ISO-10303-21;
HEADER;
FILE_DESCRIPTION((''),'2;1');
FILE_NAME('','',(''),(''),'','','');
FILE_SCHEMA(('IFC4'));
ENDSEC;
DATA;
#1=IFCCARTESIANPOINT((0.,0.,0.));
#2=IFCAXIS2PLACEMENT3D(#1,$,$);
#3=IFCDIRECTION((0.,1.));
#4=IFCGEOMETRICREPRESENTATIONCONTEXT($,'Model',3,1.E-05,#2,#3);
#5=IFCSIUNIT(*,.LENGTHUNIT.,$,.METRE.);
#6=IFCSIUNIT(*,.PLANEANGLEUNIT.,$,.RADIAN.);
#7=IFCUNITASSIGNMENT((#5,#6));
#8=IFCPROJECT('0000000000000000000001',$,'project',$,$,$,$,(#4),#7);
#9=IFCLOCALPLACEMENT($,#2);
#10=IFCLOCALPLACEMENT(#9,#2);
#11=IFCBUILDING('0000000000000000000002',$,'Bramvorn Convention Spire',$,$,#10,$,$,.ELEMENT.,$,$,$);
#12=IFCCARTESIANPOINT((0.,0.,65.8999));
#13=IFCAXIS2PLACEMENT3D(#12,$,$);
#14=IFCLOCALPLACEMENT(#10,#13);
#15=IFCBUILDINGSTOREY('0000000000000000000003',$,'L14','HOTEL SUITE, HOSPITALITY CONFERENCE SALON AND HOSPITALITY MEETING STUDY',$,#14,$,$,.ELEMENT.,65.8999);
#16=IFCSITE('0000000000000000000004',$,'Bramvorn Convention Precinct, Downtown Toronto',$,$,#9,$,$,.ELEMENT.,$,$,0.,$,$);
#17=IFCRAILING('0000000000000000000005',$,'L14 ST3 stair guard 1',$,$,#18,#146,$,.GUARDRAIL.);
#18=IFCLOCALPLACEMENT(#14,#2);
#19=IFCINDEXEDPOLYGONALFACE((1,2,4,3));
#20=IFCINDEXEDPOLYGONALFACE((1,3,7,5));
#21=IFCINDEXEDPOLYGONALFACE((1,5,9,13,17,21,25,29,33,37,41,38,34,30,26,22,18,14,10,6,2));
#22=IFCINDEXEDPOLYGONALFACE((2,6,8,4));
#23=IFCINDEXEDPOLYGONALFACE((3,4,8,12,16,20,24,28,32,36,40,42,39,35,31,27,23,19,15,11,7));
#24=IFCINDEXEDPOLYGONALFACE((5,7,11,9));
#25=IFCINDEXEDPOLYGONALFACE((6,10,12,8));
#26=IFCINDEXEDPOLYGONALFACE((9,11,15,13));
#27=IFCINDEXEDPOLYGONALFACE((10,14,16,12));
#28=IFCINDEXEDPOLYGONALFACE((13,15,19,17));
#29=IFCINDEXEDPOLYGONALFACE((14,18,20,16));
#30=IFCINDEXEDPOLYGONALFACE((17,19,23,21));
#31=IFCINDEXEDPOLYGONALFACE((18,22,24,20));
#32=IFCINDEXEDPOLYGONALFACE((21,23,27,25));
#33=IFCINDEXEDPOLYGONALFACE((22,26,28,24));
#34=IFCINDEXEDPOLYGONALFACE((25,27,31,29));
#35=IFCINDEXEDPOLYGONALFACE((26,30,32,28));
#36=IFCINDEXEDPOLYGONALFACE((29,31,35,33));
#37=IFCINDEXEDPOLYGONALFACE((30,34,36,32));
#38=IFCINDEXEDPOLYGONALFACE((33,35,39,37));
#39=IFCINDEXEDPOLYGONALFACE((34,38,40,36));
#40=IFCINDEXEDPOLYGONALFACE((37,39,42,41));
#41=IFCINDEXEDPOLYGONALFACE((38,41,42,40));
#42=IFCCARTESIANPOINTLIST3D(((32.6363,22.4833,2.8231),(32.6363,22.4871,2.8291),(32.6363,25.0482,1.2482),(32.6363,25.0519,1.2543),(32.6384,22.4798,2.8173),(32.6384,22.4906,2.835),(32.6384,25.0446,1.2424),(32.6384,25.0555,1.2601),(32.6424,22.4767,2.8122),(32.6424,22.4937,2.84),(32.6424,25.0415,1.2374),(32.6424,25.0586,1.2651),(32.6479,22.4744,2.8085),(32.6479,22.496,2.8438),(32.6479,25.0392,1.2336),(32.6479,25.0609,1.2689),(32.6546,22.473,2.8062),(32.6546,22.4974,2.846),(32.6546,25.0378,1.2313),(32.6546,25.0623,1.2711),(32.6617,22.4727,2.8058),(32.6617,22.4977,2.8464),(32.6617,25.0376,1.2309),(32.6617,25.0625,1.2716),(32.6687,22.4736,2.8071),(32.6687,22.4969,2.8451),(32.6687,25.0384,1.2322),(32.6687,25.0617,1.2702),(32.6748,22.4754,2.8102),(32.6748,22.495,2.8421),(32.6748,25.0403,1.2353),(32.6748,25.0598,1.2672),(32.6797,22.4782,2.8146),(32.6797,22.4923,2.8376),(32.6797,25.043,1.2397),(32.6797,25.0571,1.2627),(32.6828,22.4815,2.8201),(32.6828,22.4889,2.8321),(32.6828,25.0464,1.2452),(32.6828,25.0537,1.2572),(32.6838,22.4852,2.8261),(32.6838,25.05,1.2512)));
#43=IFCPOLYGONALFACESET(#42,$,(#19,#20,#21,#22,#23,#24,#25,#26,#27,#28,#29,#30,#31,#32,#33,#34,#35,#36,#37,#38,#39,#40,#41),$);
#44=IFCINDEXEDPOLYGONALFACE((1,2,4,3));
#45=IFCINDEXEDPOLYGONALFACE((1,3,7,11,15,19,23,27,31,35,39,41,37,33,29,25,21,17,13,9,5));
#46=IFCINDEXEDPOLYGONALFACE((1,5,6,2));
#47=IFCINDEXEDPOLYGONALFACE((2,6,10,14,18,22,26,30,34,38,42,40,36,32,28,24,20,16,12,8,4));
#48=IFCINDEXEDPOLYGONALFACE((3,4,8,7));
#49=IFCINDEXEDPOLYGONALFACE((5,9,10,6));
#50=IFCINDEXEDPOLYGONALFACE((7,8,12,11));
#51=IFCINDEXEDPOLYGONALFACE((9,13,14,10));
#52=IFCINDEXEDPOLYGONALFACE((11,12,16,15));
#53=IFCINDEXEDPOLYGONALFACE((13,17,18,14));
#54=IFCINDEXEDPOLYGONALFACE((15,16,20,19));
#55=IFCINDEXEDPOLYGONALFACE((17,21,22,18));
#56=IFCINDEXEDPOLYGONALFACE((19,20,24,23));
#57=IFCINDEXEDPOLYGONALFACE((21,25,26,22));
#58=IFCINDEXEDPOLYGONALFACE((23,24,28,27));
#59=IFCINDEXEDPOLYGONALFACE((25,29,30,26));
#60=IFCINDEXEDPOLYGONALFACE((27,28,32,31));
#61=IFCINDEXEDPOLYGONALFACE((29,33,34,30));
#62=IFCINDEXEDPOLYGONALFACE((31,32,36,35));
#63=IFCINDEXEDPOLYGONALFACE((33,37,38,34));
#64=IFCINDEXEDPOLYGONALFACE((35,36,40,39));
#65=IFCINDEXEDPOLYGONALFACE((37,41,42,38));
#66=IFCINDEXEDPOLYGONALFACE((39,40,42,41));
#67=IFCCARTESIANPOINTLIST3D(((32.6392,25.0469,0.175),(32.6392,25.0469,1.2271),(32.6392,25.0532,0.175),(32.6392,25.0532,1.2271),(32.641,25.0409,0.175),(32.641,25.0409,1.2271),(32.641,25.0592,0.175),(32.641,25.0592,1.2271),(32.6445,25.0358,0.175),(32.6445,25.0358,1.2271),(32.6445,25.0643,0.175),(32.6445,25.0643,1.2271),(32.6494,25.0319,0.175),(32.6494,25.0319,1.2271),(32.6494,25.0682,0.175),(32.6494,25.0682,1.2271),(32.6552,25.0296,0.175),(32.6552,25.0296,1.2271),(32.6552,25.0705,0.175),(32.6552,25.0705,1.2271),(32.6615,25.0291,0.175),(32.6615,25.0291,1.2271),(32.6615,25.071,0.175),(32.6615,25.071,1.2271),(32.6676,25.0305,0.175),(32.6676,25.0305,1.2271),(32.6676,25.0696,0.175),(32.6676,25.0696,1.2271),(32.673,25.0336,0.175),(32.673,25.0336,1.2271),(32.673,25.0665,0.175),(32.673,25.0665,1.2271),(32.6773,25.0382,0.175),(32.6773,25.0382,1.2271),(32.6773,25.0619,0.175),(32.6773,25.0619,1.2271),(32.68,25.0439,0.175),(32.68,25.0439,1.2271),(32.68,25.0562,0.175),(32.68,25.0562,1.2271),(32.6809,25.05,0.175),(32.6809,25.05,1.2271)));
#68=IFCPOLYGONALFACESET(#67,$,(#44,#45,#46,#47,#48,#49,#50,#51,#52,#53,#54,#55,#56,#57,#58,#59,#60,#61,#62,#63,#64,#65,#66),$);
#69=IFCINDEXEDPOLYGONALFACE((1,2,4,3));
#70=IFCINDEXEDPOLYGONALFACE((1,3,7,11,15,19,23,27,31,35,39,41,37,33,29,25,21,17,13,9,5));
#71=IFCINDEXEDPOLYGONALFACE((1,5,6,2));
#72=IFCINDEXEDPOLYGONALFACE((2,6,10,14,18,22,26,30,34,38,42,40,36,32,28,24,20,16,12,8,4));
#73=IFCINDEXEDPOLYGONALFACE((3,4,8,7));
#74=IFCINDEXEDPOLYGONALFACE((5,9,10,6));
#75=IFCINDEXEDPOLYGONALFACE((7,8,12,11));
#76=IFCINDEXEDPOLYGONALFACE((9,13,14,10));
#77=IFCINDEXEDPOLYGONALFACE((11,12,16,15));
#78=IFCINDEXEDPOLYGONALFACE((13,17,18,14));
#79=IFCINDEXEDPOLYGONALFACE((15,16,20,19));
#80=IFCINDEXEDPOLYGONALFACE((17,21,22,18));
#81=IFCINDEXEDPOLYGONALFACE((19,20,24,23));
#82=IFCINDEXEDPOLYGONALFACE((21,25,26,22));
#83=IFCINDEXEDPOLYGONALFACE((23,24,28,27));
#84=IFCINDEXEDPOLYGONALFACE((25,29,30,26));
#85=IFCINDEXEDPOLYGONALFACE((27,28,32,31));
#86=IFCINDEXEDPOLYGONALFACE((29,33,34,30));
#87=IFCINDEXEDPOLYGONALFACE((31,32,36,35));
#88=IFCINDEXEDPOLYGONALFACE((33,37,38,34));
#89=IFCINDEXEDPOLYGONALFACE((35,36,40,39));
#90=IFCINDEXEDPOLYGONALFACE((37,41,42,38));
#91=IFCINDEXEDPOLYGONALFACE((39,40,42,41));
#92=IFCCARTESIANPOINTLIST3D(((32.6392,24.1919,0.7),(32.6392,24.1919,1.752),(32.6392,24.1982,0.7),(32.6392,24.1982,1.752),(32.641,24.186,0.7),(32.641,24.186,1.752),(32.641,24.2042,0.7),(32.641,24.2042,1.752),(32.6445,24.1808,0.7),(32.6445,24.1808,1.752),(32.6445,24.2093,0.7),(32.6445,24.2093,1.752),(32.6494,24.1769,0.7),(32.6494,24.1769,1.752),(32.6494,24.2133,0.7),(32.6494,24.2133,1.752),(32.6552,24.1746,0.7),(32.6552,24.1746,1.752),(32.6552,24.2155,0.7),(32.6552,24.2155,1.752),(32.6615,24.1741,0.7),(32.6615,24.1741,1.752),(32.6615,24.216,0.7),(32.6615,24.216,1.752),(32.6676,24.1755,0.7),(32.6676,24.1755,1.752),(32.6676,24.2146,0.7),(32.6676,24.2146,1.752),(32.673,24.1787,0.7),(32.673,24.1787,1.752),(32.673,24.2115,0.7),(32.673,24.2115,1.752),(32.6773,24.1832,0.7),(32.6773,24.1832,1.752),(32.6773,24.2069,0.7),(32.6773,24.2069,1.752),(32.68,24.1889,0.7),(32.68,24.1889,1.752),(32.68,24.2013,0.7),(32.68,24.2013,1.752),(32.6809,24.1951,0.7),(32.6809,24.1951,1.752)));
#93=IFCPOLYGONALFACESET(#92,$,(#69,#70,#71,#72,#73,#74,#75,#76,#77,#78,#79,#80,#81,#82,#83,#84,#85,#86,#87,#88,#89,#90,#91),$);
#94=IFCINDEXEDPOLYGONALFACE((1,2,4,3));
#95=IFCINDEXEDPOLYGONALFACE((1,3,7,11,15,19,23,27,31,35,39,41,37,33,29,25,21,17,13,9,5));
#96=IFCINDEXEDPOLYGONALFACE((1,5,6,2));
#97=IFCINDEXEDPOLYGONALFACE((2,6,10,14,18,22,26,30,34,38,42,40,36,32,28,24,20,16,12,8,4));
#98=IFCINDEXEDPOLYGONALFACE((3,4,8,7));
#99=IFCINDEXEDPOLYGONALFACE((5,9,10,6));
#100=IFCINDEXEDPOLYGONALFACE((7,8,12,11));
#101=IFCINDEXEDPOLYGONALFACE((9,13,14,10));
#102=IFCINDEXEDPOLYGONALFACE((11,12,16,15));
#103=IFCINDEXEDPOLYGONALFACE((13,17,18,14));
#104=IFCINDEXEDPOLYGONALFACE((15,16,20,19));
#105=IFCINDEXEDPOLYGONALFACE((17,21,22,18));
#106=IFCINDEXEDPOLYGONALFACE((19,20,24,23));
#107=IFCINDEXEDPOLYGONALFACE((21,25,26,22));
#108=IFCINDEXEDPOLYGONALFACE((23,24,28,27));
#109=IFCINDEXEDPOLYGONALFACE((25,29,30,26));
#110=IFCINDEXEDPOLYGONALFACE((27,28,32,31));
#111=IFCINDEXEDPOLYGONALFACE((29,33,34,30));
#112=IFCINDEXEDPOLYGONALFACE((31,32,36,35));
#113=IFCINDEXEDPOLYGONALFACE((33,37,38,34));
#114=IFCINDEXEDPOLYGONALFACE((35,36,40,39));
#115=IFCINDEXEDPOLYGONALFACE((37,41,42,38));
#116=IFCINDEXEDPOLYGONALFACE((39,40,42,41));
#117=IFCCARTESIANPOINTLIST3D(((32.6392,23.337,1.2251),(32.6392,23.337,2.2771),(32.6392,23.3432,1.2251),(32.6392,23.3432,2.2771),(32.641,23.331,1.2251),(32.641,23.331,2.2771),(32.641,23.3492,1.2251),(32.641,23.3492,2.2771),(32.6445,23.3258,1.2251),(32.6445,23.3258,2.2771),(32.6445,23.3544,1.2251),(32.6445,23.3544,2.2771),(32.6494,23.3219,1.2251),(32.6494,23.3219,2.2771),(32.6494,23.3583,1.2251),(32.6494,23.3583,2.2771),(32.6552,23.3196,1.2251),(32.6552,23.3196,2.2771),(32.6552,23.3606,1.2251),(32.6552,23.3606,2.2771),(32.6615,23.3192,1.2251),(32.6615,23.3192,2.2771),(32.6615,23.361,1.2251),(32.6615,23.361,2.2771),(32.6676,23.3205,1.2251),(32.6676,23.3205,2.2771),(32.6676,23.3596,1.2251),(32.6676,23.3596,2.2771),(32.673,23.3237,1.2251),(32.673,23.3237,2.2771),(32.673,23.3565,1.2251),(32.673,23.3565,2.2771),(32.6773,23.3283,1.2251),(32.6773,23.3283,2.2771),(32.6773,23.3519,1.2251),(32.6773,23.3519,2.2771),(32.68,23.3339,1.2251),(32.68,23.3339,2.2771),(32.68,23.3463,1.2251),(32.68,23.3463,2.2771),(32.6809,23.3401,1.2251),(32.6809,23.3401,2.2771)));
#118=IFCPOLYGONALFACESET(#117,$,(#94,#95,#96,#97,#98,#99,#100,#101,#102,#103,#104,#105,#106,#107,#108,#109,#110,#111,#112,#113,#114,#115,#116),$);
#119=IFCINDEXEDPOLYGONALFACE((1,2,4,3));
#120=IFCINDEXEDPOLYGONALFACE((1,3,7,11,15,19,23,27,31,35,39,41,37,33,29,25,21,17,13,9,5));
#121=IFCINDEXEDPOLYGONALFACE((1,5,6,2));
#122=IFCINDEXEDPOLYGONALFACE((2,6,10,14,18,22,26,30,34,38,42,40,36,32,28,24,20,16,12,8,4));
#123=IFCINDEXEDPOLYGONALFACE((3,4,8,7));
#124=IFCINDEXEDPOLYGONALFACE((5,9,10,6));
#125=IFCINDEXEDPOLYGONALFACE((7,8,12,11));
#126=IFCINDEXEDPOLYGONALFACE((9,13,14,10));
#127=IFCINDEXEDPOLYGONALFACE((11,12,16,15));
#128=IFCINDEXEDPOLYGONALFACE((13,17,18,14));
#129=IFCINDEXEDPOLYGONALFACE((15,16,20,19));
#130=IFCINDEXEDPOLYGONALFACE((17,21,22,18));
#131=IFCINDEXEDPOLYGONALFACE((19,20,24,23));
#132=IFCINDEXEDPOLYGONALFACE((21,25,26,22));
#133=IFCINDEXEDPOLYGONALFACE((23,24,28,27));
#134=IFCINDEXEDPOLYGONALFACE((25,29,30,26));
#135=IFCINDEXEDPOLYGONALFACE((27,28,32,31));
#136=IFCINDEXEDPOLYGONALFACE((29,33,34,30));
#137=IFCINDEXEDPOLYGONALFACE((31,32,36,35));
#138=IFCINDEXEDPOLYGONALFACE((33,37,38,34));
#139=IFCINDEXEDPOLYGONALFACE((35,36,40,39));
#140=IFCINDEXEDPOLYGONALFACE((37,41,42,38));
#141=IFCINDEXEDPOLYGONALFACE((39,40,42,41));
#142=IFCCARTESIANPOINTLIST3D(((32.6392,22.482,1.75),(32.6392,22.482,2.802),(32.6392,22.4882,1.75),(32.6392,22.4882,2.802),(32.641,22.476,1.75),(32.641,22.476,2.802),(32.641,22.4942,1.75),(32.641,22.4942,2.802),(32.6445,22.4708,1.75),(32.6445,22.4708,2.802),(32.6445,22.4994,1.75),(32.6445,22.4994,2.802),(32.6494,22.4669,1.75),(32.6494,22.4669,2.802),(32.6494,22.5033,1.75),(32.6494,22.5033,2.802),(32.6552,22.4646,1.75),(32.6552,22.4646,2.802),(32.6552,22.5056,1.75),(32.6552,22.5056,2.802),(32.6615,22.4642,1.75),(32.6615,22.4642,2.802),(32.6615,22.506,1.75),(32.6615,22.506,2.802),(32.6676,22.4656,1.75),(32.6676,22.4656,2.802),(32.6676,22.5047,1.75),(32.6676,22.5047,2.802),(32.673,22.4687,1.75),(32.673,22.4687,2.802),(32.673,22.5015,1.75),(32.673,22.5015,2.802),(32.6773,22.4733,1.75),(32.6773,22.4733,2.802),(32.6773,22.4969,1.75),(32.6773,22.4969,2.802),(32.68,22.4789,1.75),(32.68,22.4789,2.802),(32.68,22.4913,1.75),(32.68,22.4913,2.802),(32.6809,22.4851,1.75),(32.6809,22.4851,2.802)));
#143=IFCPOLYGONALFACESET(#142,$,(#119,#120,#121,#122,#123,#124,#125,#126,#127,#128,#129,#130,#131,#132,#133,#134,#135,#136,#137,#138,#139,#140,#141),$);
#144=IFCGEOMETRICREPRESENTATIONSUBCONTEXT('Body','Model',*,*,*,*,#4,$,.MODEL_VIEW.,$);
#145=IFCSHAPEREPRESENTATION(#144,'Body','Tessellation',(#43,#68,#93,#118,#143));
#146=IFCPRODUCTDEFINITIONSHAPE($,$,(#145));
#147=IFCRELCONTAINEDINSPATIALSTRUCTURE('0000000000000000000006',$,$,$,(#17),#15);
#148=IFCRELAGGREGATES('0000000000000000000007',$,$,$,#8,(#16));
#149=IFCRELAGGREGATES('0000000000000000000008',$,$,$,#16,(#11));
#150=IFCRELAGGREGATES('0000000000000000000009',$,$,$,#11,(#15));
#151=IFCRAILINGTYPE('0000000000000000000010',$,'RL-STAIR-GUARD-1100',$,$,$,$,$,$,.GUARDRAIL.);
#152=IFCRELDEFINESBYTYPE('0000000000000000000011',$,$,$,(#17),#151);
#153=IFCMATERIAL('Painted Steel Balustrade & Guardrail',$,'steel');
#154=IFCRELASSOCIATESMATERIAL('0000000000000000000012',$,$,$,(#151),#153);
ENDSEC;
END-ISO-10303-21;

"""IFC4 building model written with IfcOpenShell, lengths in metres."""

from ifc_helpers import new_model, si_unit, direction, frame, origin, origin_2d, place, context, subcontext, project, spatial, circle, extrude, material, type_object, element, save


model = new_model("IFC4")

# Units and contexts
model_context = context("Model", 3, precision=1e-05, world=origin(), true_north=direction((0.0, 1.0)))
body_context = subcontext(model_context, "Body", "Model", "MODEL_VIEW")
ifc_project = project(units=[si_unit("LENGTHUNIT", "METRE"), si_unit("PLANEANGLEUNIT", "RADIAN")], contexts=[model_context])

# Site, building, storey
site_placement = place(None, origin())
site = spatial("IfcSite", under=ifc_project, at=site_placement, Name="Bramvorn Convention Precinct, Downtown Toronto", CompositionType="ELEMENT", RefElevation=0.0)
building_placement = place(site_placement, origin())
building = spatial("IfcBuilding", under=site, at=building_placement, Name="Bramvorn Convention Spire", CompositionType="ELEMENT")
storey_placement = place(building_placement, frame((0.0, 0.0, 65.8999)))
storey = spatial("IfcBuildingStorey", under=building, at=storey_placement, Name="L14", Description="HOTEL SUITE, HOSPITALITY CONFERENCE SALON AND HOSPITALITY MEETING STUDY", CompositionType="ELEMENT", Elevation=65.8999)

# Railing
ifc_material_1 = material(Name="Painted Steel Balustrade & Guardrail", Category="steel")
railing_type_1 = type_object("IfcRailingType", Name="RL-STAIR-GUARD-1100", PredefinedType="GUARDRAIL", material=ifc_material_1)
railing_1_placement = place(storey_placement, frame((32.6599, 25.05, 0.175)))
element("IfcRailing", 1, at=railing_1_placement, inside=storey, type_object=railing_type_1, Name="L14 ST3 stair guard 1", PredefinedType="GUARDRAIL", context=body_context, shape_type="SweptSolid", body=[
    extrude(circle(Radius=0.0239, at=origin_2d()), frame((0.0, 0.0, 1.0762), z_axis=(0.0, -0.852173, 0.52326), x_axis=(1.0, 0.0, 0.0)), (0.0, 0.0, 1.0), 3.0098),
    extrude(circle(Radius=0.021, at=origin_2d()), origin(), (0.0, 0.0, 1.0), 1.052),
    extrude(circle(Radius=0.021, at=origin_2d()), frame((0.0, -0.855, 0.5249)), (0.0, 0.0, 1.0), 1.052),
    extrude(circle(Radius=0.021, at=origin_2d()), frame((0.0, -1.71, 1.05)), (0.0, 0.0, 1.0), 1.052),
    extrude(circle(Radius=0.021, at=origin_2d()), frame((0.0, -2.5649, 1.575)), (0.0, 0.0, 1.0), 1.052),
])

save(model, "model.ifc")
